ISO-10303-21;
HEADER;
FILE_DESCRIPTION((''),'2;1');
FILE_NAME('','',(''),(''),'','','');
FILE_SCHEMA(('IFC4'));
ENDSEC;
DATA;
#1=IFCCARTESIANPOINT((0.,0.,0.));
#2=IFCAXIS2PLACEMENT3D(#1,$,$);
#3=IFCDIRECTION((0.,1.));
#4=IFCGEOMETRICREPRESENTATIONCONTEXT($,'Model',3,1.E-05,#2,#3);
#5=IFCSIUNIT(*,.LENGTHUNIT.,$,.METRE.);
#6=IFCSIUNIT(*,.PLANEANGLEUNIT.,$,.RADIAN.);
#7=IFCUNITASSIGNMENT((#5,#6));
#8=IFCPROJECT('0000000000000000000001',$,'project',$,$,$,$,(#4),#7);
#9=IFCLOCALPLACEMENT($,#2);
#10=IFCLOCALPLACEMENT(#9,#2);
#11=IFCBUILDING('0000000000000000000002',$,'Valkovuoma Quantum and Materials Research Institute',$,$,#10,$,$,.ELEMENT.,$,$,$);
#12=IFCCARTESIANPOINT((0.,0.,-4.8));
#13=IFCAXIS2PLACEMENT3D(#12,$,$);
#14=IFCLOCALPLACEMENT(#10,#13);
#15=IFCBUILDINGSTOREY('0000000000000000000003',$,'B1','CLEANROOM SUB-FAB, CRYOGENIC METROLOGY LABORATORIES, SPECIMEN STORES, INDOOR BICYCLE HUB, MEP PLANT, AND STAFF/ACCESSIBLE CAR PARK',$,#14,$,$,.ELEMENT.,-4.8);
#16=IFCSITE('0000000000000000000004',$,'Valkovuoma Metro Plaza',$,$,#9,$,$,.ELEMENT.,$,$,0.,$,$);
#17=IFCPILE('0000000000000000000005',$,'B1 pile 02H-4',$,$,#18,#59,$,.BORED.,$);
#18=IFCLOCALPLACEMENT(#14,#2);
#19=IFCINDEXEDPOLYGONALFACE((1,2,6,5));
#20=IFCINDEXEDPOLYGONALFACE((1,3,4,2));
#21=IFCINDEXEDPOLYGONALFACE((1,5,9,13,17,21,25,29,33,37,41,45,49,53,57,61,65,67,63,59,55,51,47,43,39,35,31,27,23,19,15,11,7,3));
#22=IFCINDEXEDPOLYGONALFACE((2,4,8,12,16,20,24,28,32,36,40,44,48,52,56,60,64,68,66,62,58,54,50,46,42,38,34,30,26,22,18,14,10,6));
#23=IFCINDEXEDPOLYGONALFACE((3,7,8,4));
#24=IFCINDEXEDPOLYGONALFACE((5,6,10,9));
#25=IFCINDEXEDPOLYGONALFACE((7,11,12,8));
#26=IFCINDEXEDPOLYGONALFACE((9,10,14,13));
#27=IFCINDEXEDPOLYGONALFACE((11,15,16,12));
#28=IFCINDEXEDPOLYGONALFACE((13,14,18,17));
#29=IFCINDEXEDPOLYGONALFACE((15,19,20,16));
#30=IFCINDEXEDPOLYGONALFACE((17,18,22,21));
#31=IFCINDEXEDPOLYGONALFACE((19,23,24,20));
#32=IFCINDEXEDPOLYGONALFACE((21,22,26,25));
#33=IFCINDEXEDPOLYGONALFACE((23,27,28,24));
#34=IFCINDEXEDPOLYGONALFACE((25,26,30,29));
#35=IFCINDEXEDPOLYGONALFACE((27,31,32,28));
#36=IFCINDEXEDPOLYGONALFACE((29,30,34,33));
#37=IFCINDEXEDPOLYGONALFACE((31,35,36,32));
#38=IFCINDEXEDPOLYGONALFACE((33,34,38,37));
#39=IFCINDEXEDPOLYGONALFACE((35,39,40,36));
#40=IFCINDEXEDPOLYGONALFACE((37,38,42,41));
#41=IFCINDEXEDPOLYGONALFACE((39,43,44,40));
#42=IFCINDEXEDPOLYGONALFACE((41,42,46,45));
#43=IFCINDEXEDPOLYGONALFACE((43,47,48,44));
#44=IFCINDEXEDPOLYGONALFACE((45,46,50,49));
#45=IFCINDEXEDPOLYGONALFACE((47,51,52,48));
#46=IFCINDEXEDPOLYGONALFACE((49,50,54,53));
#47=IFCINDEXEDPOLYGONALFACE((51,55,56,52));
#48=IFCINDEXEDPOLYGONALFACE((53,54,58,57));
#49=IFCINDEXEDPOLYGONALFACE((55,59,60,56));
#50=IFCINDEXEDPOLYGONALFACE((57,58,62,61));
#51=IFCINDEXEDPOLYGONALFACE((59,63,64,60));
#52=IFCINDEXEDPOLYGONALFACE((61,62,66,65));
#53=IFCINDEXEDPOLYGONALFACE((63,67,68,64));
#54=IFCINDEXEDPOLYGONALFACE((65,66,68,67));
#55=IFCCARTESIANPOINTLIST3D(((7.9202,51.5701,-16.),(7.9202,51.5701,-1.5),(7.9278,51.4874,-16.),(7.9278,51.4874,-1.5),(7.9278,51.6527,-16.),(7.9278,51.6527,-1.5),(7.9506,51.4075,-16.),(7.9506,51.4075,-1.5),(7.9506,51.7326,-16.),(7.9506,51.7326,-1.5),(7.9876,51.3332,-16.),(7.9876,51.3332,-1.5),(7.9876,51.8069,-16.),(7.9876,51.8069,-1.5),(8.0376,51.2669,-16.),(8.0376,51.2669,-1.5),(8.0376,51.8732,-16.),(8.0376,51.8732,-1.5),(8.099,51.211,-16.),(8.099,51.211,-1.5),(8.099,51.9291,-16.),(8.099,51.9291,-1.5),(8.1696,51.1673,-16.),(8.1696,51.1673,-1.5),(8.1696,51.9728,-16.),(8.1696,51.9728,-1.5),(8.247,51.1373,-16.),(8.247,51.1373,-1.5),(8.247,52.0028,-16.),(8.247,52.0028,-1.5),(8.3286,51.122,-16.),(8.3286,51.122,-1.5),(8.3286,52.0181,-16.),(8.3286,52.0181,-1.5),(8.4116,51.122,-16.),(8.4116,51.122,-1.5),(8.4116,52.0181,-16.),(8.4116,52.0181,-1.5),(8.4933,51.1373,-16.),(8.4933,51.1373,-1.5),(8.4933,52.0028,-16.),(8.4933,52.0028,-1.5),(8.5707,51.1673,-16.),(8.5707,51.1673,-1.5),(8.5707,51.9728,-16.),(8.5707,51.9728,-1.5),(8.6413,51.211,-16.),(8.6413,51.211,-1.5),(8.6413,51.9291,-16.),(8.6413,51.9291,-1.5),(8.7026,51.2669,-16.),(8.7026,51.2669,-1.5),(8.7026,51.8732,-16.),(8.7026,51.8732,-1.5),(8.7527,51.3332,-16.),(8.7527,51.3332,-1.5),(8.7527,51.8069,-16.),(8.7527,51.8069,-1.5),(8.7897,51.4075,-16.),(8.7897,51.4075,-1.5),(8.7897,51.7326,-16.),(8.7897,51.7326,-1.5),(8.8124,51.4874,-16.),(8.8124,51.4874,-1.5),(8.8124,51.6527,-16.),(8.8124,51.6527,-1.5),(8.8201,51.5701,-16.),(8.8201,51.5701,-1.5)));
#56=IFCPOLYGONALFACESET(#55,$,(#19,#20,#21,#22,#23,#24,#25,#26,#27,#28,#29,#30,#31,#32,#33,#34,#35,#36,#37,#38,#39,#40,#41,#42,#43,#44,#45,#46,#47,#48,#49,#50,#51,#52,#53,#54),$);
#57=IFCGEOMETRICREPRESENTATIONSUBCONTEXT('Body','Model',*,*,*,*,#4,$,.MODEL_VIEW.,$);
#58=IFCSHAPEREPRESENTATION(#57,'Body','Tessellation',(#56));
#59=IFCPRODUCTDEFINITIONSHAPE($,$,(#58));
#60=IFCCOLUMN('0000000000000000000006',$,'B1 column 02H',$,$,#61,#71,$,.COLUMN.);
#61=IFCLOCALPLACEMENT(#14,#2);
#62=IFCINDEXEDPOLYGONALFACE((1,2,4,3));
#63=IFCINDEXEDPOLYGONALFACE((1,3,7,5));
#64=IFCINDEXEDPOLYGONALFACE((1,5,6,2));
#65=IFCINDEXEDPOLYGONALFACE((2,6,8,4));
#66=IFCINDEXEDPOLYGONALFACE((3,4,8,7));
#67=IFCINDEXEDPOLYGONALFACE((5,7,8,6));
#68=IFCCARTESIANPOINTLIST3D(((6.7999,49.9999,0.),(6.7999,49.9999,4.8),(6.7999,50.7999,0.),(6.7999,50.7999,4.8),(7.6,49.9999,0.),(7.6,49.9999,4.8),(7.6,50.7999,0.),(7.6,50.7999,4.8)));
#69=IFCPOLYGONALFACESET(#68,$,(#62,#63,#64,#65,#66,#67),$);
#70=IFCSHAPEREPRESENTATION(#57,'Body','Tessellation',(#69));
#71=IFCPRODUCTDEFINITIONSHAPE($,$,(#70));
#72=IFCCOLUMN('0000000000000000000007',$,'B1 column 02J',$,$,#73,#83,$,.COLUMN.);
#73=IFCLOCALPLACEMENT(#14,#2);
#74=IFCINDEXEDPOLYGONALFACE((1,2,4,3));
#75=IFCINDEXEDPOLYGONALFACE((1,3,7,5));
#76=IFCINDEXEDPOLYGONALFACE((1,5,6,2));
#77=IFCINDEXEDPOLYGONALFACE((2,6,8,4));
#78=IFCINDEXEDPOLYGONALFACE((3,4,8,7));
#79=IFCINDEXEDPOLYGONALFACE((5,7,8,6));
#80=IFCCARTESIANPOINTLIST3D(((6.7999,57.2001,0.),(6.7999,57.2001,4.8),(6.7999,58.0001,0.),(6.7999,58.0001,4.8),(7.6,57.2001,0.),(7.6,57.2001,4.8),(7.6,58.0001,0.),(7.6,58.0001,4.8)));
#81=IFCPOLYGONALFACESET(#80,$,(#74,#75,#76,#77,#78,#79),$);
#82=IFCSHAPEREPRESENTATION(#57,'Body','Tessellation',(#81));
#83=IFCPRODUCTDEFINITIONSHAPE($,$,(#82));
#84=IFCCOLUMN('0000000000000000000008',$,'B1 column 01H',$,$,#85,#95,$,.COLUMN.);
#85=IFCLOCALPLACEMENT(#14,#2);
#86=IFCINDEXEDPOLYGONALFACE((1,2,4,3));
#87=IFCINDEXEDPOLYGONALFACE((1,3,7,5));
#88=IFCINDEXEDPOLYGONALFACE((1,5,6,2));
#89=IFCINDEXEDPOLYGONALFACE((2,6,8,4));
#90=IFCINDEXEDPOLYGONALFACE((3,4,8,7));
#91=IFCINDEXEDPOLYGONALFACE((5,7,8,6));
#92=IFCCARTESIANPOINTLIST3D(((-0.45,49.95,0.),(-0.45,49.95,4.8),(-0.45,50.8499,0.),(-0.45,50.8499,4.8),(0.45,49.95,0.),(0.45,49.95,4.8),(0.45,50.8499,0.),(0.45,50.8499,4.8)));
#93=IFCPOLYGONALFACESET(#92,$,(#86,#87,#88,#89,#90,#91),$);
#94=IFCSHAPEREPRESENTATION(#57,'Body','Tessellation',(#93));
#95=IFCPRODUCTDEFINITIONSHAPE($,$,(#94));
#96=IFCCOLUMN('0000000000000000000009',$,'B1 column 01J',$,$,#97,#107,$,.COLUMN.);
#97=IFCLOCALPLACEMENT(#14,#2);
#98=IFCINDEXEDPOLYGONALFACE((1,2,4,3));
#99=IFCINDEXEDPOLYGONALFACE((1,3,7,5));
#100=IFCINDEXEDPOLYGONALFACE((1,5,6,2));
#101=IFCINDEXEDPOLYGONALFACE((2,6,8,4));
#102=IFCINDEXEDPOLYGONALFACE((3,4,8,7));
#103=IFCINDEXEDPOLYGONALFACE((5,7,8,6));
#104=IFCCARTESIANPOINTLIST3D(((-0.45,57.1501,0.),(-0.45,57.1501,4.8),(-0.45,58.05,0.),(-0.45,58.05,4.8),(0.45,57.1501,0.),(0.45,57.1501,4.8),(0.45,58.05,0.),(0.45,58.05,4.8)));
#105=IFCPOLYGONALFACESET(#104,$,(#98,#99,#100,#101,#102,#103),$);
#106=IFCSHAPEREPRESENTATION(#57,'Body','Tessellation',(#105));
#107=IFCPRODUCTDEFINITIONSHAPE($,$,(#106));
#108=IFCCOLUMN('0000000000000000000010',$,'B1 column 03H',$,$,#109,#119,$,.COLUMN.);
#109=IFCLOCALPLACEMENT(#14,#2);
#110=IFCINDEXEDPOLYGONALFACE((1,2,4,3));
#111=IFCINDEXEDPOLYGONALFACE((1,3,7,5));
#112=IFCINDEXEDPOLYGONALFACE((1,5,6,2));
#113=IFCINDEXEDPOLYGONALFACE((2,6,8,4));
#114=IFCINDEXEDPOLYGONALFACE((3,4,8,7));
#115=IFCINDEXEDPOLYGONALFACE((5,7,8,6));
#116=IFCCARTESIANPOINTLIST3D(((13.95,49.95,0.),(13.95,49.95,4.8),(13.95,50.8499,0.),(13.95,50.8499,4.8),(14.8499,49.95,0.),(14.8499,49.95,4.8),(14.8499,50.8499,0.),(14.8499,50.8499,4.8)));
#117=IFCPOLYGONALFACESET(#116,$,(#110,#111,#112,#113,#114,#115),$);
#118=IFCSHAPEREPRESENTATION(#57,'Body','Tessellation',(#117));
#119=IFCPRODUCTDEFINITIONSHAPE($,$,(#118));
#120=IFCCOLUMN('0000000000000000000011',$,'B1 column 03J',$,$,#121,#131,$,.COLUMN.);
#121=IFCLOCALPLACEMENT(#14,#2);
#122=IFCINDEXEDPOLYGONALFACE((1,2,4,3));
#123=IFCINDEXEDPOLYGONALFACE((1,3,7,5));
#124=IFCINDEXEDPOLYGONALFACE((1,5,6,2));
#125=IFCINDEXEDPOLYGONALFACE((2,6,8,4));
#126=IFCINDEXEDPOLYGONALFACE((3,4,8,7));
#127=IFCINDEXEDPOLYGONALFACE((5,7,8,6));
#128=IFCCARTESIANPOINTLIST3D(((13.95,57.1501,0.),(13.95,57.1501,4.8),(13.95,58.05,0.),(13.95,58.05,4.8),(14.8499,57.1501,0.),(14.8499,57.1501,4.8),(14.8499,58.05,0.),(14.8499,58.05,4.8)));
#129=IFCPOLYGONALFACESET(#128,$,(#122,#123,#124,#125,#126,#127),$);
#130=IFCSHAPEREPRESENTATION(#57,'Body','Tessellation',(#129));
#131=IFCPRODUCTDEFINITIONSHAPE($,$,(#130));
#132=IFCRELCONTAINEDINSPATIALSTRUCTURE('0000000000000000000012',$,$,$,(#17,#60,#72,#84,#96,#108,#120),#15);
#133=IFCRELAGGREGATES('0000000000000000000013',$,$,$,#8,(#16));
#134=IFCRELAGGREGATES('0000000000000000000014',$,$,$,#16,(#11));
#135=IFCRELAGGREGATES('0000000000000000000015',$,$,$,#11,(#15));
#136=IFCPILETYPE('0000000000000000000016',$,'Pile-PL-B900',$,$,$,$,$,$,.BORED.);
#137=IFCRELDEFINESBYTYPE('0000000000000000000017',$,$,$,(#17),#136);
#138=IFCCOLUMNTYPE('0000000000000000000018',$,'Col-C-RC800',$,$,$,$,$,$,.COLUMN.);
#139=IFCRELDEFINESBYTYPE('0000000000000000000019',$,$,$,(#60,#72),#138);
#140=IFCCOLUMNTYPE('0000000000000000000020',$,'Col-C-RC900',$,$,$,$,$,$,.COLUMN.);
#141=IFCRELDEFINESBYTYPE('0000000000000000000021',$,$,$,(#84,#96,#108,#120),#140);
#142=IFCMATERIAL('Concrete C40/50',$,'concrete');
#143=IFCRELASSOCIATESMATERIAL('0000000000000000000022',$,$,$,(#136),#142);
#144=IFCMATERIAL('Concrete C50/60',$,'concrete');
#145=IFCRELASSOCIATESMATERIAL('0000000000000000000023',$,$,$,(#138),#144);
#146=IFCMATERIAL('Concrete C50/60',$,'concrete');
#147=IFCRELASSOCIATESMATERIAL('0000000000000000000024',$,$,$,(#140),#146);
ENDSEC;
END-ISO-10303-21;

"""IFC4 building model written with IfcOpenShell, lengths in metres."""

from ifc_helpers import new_model, si_unit, direction, frame, origin, origin_2d, place, context, subcontext, project, spatial, rectangle, circle, extrude, material, material_profile, profile_set, type_object, element, save


model = new_model("IFC4")

# Units and contexts
model_context = context("Model", 3, precision=1e-05, world=origin(), true_north=direction((0.0, 1.0)))
body_context = subcontext(model_context, "Body", "Model", "MODEL_VIEW")
ifc_project = project(units=[si_unit("LENGTHUNIT", "METRE"), si_unit("PLANEANGLEUNIT", "RADIAN")], contexts=[model_context])

# Site, building, storey
site_placement = place(None, origin())
site = spatial("IfcSite", under=ifc_project, at=site_placement, Name="Valkovuoma Metro Plaza", CompositionType="ELEMENT", RefElevation=0.0)
building_placement = place(site_placement, origin())
building = spatial("IfcBuilding", under=site, at=building_placement, Name="Valkovuoma Quantum and Materials Research Institute", CompositionType="ELEMENT")
storey_placement = place(building_placement, frame((0.0, 0.0, -4.8)))
storey = spatial("IfcBuildingStorey", under=building, at=storey_placement, Name="B1", Description="CLEANROOM SUB-FAB, CRYOGENIC METROLOGY LABORATORIES, SPECIMEN STORES, INDOOR BICYCLE HUB, MEP PLANT, AND STAFF/ACCESSIBLE CAR PARK", CompositionType="ELEMENT", Elevation=-4.8)

# Pile
ifc_material_1 = material(Name="Concrete C40/50", Category="concrete")
ifc_material_profile_1 = material_profile(ifc_material_1, circle(Radius=0.45, at=origin_2d()), Name="Concrete C40/50")
ifc_profile_set_1 = profile_set([ifc_material_profile_1], Name="Concrete C40/50")
pile_type_1 = type_object("IfcPileType", Name="Pile-PL-B900", PredefinedType="BORED", material=ifc_profile_set_1)
for number, where, z_axis, x_axis, name in (
    (1, (8.3701, 51.5701, -1.5), (0.0, 0.0, -1.0), (1.0, 0.0, 0.0), "B1 pile 02H-4"),
):
    element("IfcPile", number, at=place(storey_placement, frame(where, z_axis=z_axis, x_axis=x_axis)), inside=storey, type_object=pile_type_1, Name=name, PredefinedType="BORED", context=body_context, shape_type="SweptSolid", body=[
        extrude(circle(Radius=0.45, at=origin_2d()), origin(), (0.0, 0.0, 1.0), 14.5),
    ])

# Columns
ifc_material_2 = material(Name="Concrete C50/60", Category="concrete")
ifc_material_profile_2 = material_profile(ifc_material_2, rectangle(XDim=0.8, YDim=0.8, at=origin_2d()), Name="Concrete C50/60")
ifc_profile_set_2 = profile_set([ifc_material_profile_2], Name="Concrete C50/60")
column_type_1 = type_object("IfcColumnType", Name="Col-C-RC800", PredefinedType="COLUMN", material=ifc_profile_set_2)
for number, where, z_axis, x_axis, name in (
    (2, (7.2, 50.3999, 0.0), (0.0, 0.0, 1.0), (1.0, 0.0, 0.0), "B1 column 02H"),
    (3, (7.2, 57.6001, 0.0), (0.0, 0.0, 1.0), (1.0, 0.0, 0.0), "B1 column 02J"),
):
    element("IfcColumn", number, at=place(storey_placement, frame(where, z_axis=z_axis, x_axis=x_axis)), inside=storey, type_object=column_type_1, Name=name, PredefinedType="COLUMN", context=body_context, shape_type="SweptSolid", body=[
        extrude(rectangle(XDim=0.8, YDim=0.8, at=origin_2d()), origin(), (0.0, 0.0, 1.0), 4.8),
    ])
ifc_material_3 = material(Name="Concrete C50/60", Category="concrete")
ifc_material_profile_3 = material_profile(ifc_material_3, rectangle(XDim=0.8999, YDim=0.8999, at=origin_2d()), Name="Concrete C50/60")
ifc_profile_set_3 = profile_set([ifc_material_profile_3], Name="Concrete C50/60")
column_type_2 = type_object("IfcColumnType", Name="Col-C-RC900", PredefinedType="COLUMN", material=ifc_profile_set_3)
for number, where, z_axis, x_axis, name in (
    (4, (0.0, 50.3999, 0.0), (0.0, 0.0, 1.0), (1.0, 0.0, 0.0), "B1 column 01H"),
    (5, (0.0, 57.6001, 0.0), (0.0, 0.0, 1.0), (1.0, 0.0, 0.0), "B1 column 01J"),
    (6, (14.3999, 50.3999, 0.0), (0.0, 0.0, 1.0), (1.0, 0.0, 0.0), "B1 column 03H"),
    (7, (14.3999, 57.6001, 0.0), (0.0, 0.0, 1.0), (1.0, 0.0, 0.0), "B1 column 03J"),
):
    element("IfcColumn", number, at=place(storey_placement, frame(where, z_axis=z_axis, x_axis=x_axis)), inside=storey, type_object=column_type_2, Name=name, PredefinedType="COLUMN", context=body_context, shape_type="SweptSolid", body=[
        extrude(rectangle(XDim=0.8999, YDim=0.8999, at=origin_2d()), origin(), (0.0, 0.0, 1.0), 4.8),
    ])

save(model, "model.ifc")
